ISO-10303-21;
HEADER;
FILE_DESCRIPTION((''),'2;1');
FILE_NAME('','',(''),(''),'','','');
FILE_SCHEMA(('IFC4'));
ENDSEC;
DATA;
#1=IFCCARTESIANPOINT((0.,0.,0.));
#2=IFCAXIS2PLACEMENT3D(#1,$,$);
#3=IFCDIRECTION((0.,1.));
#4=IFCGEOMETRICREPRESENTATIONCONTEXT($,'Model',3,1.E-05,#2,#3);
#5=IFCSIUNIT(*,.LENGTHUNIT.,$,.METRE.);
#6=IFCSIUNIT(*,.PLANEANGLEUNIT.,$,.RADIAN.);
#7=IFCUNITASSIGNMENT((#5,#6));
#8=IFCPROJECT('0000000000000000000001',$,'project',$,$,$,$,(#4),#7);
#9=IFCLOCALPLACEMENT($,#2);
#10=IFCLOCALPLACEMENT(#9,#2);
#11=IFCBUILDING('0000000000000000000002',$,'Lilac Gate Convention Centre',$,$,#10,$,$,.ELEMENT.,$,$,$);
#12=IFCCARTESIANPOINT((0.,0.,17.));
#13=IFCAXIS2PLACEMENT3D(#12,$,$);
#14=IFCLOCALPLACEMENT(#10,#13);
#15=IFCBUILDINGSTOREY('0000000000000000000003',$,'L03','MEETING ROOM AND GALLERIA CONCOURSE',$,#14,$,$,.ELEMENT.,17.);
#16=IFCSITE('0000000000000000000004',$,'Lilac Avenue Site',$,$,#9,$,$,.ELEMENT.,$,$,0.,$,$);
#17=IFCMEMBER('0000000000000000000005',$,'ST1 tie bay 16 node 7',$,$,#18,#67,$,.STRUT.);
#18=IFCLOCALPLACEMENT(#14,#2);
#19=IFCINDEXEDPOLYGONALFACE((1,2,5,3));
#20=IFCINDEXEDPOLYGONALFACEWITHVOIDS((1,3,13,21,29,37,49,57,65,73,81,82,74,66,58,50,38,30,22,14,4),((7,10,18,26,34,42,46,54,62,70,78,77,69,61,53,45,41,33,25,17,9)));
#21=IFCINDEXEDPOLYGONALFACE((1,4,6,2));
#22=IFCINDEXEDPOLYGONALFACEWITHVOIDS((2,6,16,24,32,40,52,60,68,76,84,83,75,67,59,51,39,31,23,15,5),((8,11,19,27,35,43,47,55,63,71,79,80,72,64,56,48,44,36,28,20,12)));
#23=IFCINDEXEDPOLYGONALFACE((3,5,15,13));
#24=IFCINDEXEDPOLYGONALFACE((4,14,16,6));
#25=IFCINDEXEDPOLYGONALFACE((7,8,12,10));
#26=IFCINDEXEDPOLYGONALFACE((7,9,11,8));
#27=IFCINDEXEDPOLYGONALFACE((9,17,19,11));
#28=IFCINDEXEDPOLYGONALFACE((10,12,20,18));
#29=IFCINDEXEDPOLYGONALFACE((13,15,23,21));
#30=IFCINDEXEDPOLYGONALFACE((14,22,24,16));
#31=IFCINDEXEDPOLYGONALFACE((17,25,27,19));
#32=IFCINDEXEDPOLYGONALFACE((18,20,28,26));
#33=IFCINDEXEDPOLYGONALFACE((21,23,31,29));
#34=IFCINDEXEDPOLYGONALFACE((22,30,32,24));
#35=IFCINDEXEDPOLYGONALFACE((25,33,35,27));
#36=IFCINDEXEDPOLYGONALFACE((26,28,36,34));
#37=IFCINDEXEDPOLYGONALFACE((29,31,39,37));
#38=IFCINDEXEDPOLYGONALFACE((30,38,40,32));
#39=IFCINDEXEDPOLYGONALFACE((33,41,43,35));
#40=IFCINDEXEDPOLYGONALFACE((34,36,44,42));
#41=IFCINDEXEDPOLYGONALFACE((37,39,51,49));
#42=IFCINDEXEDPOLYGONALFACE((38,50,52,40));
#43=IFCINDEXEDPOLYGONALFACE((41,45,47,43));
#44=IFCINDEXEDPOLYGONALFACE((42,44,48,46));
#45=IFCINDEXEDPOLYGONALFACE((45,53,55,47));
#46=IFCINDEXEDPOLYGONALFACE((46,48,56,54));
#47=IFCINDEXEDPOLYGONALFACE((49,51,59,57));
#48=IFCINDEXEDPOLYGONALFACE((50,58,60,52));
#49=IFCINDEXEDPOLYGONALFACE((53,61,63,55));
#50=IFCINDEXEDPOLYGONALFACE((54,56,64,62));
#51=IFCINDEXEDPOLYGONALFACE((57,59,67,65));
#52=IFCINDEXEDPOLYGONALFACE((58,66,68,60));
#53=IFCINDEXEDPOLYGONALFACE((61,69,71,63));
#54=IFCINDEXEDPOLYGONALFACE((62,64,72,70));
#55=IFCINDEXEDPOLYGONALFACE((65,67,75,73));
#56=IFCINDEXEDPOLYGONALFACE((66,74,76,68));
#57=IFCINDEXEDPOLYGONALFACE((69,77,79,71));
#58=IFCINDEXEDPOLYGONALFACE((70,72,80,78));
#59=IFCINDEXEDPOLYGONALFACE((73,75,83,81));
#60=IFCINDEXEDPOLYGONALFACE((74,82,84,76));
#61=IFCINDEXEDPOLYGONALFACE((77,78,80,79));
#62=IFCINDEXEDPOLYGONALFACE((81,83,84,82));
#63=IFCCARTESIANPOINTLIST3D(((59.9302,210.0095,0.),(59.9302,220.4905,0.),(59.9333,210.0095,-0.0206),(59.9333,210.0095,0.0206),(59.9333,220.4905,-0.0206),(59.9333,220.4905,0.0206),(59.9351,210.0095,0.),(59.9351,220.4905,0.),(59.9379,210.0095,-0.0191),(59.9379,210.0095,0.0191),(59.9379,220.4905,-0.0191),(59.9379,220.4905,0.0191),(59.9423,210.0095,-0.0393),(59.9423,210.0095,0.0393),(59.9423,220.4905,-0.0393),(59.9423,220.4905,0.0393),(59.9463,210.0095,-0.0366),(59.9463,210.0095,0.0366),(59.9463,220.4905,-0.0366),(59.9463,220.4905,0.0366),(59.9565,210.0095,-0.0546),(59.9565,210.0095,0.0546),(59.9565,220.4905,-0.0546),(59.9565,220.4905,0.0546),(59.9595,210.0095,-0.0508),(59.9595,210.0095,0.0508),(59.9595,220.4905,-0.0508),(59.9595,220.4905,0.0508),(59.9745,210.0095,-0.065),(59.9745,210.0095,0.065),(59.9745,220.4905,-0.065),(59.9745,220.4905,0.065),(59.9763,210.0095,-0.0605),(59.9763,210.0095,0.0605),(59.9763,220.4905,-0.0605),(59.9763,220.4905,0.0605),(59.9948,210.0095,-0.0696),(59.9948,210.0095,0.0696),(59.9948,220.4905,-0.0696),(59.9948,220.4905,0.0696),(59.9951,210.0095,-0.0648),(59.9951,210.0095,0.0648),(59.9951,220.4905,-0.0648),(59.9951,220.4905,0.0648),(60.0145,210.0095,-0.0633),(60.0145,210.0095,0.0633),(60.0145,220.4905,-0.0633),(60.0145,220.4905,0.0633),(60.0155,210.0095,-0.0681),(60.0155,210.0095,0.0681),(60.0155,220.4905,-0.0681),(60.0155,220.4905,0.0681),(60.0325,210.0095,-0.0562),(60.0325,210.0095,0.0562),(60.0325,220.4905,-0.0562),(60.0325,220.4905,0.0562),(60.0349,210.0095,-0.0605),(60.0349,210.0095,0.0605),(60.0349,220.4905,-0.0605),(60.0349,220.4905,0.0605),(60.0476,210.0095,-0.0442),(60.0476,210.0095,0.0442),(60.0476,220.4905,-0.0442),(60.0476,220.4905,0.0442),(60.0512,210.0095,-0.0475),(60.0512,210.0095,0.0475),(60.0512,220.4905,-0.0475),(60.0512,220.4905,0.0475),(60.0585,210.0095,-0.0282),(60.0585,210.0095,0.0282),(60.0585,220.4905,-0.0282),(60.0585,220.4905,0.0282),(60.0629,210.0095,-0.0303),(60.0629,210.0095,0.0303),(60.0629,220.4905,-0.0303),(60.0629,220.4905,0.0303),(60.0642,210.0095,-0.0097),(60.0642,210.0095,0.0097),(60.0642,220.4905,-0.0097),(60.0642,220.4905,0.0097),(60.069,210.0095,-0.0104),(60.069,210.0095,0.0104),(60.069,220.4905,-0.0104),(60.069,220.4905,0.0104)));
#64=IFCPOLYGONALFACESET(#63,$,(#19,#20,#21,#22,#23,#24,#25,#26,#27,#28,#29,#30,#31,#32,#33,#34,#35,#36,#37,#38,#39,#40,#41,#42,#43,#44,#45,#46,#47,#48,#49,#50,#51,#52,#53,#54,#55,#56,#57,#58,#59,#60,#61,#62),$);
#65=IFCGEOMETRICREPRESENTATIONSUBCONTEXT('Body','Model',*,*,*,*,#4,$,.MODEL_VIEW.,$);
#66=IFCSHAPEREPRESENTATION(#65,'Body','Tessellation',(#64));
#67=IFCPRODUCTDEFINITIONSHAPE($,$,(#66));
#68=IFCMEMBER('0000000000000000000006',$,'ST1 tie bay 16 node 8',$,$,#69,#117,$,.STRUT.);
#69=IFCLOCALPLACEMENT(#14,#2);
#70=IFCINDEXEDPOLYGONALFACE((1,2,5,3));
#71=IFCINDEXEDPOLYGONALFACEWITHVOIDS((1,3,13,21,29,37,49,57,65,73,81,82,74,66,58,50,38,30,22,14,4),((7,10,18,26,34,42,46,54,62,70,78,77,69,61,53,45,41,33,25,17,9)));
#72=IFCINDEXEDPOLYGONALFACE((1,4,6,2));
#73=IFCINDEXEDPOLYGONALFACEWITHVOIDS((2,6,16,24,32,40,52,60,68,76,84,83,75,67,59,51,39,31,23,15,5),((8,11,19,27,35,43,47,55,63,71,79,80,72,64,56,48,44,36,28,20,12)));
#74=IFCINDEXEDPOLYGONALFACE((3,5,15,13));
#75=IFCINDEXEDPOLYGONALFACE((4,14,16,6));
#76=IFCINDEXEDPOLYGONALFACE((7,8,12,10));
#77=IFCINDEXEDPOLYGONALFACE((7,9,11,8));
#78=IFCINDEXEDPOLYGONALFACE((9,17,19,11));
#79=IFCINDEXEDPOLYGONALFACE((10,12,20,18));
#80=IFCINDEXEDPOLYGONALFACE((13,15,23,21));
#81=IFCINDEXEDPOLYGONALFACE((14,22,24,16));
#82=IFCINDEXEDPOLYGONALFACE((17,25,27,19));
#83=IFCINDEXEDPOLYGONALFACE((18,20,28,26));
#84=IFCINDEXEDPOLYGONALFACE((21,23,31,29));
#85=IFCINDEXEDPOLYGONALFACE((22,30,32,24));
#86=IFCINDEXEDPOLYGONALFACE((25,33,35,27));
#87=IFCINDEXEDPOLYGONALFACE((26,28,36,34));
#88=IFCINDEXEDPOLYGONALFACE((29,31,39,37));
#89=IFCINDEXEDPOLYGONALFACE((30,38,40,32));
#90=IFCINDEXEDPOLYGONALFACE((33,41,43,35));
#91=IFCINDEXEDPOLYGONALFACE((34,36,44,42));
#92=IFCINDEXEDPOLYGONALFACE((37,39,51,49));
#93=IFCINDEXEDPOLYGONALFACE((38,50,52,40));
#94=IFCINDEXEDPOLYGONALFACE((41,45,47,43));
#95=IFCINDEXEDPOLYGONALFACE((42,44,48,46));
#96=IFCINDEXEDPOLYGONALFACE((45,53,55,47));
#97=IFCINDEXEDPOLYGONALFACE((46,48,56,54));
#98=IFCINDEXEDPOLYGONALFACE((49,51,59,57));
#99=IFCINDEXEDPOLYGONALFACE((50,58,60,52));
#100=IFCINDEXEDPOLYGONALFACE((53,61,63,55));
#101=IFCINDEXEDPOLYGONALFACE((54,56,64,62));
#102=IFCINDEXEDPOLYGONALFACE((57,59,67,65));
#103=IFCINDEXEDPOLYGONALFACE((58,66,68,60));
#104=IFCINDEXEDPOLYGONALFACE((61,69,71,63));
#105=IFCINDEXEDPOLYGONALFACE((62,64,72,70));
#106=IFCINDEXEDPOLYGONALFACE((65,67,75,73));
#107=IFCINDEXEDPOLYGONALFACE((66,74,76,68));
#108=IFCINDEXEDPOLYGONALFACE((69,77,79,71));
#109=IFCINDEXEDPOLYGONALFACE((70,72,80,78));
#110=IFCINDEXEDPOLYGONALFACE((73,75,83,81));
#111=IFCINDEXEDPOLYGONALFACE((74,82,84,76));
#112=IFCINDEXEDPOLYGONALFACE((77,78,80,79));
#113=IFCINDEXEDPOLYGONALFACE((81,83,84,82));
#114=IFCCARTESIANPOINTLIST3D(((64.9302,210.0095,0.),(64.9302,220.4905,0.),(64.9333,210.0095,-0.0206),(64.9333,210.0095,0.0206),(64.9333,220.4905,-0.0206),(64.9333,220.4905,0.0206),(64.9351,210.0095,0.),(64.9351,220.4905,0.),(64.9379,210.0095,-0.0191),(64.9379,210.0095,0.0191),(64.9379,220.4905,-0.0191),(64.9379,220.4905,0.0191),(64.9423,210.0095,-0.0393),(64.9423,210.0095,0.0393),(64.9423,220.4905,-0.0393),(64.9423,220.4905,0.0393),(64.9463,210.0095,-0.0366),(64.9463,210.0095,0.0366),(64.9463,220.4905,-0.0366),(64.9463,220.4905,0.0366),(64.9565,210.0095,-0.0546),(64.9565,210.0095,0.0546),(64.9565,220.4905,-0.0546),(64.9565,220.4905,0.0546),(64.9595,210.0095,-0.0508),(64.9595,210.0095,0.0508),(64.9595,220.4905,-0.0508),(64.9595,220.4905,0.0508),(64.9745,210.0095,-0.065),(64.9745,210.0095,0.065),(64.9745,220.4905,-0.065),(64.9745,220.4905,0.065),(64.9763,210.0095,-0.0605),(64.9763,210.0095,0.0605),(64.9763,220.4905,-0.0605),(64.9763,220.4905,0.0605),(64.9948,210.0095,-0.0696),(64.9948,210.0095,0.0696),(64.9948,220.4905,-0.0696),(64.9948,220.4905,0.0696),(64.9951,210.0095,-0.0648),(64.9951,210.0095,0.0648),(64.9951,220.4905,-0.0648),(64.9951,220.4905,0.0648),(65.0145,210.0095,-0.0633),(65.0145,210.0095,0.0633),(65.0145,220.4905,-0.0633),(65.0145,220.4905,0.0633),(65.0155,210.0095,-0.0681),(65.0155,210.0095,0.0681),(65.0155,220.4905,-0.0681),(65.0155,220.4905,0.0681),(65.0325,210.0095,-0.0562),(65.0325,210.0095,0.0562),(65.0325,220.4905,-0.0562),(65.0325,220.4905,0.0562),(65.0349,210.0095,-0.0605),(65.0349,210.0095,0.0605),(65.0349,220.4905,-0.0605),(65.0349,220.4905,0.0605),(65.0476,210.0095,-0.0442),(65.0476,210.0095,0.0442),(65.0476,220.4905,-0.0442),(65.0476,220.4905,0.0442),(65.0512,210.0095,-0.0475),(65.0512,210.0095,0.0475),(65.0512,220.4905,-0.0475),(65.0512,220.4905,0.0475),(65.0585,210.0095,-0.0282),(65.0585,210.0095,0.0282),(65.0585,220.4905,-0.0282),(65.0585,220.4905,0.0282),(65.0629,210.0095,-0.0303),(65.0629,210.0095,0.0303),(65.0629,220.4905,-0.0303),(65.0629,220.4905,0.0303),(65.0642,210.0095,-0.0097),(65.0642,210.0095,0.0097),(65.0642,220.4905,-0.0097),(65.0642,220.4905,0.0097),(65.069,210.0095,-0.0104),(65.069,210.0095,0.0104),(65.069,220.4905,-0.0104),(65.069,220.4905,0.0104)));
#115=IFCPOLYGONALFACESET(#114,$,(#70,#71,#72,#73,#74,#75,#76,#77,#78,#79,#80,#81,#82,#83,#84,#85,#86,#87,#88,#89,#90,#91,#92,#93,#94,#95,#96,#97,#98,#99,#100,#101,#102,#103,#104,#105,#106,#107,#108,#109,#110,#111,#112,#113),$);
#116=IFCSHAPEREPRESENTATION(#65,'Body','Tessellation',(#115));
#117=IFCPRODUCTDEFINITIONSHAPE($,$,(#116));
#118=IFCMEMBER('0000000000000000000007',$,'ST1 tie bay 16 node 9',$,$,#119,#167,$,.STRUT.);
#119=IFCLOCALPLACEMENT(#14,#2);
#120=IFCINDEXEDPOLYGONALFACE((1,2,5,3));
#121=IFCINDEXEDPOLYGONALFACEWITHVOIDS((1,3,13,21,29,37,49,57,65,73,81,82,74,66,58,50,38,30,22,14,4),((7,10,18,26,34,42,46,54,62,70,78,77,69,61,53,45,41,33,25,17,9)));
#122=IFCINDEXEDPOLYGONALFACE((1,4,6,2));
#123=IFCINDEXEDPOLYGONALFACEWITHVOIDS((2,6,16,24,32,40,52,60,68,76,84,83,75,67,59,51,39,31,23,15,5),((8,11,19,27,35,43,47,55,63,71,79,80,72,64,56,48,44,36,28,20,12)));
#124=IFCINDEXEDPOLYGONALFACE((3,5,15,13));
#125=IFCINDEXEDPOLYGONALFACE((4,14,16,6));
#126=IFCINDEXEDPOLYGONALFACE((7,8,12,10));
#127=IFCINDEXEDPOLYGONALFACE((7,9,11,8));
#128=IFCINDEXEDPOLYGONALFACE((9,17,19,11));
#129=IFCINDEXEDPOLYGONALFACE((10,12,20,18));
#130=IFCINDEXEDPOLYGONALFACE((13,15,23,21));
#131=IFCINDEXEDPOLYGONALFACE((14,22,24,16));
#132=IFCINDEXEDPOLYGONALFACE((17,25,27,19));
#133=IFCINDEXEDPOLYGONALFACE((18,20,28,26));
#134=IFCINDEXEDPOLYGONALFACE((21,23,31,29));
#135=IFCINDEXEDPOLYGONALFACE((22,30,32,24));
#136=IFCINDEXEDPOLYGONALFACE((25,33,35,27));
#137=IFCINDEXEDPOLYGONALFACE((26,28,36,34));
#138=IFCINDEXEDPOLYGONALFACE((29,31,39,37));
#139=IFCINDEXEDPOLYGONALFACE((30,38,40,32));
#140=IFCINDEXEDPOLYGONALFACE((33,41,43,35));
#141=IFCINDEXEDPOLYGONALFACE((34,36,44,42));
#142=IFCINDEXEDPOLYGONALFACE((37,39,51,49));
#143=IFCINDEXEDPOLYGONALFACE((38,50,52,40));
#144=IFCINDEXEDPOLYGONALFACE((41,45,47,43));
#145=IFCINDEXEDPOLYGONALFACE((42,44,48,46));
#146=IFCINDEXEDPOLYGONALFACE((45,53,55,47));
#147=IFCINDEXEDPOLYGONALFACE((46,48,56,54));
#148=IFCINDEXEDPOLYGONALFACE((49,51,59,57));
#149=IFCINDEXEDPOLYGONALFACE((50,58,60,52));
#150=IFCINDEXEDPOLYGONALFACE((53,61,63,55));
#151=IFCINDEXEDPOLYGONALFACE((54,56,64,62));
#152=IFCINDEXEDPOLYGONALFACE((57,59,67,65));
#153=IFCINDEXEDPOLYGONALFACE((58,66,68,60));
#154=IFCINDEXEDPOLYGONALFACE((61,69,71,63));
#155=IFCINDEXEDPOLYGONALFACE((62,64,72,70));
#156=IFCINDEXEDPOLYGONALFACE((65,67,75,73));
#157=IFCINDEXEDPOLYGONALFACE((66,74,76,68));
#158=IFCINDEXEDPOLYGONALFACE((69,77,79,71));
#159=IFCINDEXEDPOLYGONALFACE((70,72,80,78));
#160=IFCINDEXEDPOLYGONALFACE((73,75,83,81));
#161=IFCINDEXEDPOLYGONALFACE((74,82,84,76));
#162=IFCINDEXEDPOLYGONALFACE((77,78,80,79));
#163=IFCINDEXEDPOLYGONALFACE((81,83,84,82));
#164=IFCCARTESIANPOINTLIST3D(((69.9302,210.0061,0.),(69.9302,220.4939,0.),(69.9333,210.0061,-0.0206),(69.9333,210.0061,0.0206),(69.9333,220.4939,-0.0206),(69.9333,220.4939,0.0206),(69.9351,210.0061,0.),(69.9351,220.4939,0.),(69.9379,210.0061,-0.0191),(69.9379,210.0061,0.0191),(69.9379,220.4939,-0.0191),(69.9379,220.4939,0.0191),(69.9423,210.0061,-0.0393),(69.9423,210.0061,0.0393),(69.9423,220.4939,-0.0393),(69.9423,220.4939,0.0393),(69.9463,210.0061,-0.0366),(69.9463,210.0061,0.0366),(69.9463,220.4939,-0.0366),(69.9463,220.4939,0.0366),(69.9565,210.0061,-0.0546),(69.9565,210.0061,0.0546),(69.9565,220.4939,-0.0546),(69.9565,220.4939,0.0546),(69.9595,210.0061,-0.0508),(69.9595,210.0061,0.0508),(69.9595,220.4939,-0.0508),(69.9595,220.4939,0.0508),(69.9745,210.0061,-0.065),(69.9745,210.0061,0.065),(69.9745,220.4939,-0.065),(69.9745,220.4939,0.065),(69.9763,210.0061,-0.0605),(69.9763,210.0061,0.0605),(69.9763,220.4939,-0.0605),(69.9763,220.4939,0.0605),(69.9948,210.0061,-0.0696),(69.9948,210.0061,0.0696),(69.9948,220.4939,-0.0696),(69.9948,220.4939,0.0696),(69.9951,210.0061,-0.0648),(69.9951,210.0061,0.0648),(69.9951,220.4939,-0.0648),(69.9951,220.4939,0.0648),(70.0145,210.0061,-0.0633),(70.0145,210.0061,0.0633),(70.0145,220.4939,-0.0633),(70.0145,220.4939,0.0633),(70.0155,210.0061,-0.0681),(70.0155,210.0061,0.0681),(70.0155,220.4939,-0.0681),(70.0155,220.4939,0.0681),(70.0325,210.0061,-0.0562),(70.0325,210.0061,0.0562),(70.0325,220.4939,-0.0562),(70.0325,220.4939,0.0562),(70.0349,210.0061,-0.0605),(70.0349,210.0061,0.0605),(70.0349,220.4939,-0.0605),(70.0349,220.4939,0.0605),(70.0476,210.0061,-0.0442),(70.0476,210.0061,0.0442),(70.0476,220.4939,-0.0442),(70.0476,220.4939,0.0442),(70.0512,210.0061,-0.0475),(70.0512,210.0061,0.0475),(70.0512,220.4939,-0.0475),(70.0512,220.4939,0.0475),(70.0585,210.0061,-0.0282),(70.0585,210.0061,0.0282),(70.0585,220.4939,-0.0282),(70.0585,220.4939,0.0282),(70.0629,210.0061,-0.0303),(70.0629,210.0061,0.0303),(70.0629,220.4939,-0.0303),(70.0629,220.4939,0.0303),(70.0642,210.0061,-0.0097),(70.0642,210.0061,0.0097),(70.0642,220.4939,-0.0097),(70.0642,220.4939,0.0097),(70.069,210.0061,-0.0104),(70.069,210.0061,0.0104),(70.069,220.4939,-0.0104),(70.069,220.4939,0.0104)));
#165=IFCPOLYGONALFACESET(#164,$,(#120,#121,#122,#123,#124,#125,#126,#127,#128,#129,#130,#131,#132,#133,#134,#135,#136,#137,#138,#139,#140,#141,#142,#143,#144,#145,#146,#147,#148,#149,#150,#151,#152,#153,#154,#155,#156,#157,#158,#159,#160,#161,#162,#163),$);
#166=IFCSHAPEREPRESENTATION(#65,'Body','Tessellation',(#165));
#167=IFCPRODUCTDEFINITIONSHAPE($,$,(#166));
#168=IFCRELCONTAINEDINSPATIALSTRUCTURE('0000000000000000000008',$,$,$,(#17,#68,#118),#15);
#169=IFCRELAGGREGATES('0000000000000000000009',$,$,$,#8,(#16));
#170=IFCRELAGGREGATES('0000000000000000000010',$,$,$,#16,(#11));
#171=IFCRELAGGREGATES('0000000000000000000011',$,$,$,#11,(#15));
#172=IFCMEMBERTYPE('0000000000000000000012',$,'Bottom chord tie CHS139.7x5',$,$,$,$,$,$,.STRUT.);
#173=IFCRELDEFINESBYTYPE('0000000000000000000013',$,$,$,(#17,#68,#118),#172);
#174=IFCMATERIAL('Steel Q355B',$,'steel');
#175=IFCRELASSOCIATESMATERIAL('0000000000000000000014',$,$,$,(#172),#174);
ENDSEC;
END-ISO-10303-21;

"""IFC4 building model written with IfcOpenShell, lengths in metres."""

from ifc_helpers import new_model, si_unit, direction, frame, origin, origin_2d, place, context, subcontext, project, spatial, hollow_circle, extrude, material, material_profile, profile_set, type_object, element, save


model = new_model("IFC4")

# Units and contexts
model_context = context("Model", 3, precision=1e-05, world=origin(), true_north=direction((0.0, 1.0)))
body_context = subcontext(model_context, "Body", "Model", "MODEL_VIEW")
ifc_project = project(units=[si_unit("LENGTHUNIT", "METRE"), si_unit("PLANEANGLEUNIT", "RADIAN")], contexts=[model_context])

# Site, building, storey
site_placement = place(None, origin())
site = spatial("IfcSite", under=ifc_project, at=site_placement, Name="Lilac Avenue Site", CompositionType="ELEMENT", RefElevation=0.0)
building_placement = place(site_placement, origin())
building = spatial("IfcBuilding", under=site, at=building_placement, Name="Lilac Gate Convention Centre", CompositionType="ELEMENT")
storey_placement = place(building_placement, frame((0.0, 0.0, 17.0)))
storey = spatial("IfcBuildingStorey", under=building, at=storey_placement, Name="L03", Description="MEETING ROOM AND GALLERIA CONCOURSE", CompositionType="ELEMENT", Elevation=17.0)

# Members
ifc_material = material(Name="Steel Q355B", Category="steel")
ifc_material_profile_1 = material_profile(ifc_material, hollow_circle(Radius=0.0698, WallThickness=0.0049, at=origin_2d()), Name="CHS139.7x5")
ifc_profile_set_1 = profile_set([ifc_material_profile_1], Name="Steel Q355B")
member_type_1 = type_object("IfcMemberType", Name="Bottom chord tie CHS139.7x5", PredefinedType="STRUT", material=ifc_profile_set_1)
for number, where, z_axis, x_axis, name in (
    (1, (60.0, 210.0095, 0.0), (0.0, 1.0, 0.0), (-1.0, 0.0, 0.0), "ST1 tie bay 16 node 7"),
    (2, (65.0, 210.0095, 0.0), (0.0, 1.0, 0.0), (-1.0, 0.0, 0.0), "ST1 tie bay 16 node 8"),
):
    element("IfcMember", number, at=place(storey_placement, frame(where, z_axis=z_axis, x_axis=x_axis)), inside=storey, type_object=member_type_1, Name=name, PredefinedType="STRUT", context=body_context, shape_type="SweptSolid", body=[
        extrude(hollow_circle(Radius=0.0698, WallThickness=0.0049, at=origin_2d()), origin(), (0.0, 0.0, 1.0), 10.481),
    ])
member_1_placement = place(storey_placement, frame((70.0, 210.0061, 0.0), z_axis=(0.0, 1.0, 0.0), x_axis=(-1.0, 0.0, 0.0)))
element("IfcMember", 3, at=member_1_placement, inside=storey, type_object=member_type_1, Name="ST1 tie bay 16 node 9", PredefinedType="STRUT", context=body_context, shape_type="SweptSolid", body=[
    extrude(hollow_circle(Radius=0.0698, WallThickness=0.0049, at=origin_2d()), origin(), (0.0, 0.0, 1.0), 10.4878),
])

save(model, "model.ifc")
